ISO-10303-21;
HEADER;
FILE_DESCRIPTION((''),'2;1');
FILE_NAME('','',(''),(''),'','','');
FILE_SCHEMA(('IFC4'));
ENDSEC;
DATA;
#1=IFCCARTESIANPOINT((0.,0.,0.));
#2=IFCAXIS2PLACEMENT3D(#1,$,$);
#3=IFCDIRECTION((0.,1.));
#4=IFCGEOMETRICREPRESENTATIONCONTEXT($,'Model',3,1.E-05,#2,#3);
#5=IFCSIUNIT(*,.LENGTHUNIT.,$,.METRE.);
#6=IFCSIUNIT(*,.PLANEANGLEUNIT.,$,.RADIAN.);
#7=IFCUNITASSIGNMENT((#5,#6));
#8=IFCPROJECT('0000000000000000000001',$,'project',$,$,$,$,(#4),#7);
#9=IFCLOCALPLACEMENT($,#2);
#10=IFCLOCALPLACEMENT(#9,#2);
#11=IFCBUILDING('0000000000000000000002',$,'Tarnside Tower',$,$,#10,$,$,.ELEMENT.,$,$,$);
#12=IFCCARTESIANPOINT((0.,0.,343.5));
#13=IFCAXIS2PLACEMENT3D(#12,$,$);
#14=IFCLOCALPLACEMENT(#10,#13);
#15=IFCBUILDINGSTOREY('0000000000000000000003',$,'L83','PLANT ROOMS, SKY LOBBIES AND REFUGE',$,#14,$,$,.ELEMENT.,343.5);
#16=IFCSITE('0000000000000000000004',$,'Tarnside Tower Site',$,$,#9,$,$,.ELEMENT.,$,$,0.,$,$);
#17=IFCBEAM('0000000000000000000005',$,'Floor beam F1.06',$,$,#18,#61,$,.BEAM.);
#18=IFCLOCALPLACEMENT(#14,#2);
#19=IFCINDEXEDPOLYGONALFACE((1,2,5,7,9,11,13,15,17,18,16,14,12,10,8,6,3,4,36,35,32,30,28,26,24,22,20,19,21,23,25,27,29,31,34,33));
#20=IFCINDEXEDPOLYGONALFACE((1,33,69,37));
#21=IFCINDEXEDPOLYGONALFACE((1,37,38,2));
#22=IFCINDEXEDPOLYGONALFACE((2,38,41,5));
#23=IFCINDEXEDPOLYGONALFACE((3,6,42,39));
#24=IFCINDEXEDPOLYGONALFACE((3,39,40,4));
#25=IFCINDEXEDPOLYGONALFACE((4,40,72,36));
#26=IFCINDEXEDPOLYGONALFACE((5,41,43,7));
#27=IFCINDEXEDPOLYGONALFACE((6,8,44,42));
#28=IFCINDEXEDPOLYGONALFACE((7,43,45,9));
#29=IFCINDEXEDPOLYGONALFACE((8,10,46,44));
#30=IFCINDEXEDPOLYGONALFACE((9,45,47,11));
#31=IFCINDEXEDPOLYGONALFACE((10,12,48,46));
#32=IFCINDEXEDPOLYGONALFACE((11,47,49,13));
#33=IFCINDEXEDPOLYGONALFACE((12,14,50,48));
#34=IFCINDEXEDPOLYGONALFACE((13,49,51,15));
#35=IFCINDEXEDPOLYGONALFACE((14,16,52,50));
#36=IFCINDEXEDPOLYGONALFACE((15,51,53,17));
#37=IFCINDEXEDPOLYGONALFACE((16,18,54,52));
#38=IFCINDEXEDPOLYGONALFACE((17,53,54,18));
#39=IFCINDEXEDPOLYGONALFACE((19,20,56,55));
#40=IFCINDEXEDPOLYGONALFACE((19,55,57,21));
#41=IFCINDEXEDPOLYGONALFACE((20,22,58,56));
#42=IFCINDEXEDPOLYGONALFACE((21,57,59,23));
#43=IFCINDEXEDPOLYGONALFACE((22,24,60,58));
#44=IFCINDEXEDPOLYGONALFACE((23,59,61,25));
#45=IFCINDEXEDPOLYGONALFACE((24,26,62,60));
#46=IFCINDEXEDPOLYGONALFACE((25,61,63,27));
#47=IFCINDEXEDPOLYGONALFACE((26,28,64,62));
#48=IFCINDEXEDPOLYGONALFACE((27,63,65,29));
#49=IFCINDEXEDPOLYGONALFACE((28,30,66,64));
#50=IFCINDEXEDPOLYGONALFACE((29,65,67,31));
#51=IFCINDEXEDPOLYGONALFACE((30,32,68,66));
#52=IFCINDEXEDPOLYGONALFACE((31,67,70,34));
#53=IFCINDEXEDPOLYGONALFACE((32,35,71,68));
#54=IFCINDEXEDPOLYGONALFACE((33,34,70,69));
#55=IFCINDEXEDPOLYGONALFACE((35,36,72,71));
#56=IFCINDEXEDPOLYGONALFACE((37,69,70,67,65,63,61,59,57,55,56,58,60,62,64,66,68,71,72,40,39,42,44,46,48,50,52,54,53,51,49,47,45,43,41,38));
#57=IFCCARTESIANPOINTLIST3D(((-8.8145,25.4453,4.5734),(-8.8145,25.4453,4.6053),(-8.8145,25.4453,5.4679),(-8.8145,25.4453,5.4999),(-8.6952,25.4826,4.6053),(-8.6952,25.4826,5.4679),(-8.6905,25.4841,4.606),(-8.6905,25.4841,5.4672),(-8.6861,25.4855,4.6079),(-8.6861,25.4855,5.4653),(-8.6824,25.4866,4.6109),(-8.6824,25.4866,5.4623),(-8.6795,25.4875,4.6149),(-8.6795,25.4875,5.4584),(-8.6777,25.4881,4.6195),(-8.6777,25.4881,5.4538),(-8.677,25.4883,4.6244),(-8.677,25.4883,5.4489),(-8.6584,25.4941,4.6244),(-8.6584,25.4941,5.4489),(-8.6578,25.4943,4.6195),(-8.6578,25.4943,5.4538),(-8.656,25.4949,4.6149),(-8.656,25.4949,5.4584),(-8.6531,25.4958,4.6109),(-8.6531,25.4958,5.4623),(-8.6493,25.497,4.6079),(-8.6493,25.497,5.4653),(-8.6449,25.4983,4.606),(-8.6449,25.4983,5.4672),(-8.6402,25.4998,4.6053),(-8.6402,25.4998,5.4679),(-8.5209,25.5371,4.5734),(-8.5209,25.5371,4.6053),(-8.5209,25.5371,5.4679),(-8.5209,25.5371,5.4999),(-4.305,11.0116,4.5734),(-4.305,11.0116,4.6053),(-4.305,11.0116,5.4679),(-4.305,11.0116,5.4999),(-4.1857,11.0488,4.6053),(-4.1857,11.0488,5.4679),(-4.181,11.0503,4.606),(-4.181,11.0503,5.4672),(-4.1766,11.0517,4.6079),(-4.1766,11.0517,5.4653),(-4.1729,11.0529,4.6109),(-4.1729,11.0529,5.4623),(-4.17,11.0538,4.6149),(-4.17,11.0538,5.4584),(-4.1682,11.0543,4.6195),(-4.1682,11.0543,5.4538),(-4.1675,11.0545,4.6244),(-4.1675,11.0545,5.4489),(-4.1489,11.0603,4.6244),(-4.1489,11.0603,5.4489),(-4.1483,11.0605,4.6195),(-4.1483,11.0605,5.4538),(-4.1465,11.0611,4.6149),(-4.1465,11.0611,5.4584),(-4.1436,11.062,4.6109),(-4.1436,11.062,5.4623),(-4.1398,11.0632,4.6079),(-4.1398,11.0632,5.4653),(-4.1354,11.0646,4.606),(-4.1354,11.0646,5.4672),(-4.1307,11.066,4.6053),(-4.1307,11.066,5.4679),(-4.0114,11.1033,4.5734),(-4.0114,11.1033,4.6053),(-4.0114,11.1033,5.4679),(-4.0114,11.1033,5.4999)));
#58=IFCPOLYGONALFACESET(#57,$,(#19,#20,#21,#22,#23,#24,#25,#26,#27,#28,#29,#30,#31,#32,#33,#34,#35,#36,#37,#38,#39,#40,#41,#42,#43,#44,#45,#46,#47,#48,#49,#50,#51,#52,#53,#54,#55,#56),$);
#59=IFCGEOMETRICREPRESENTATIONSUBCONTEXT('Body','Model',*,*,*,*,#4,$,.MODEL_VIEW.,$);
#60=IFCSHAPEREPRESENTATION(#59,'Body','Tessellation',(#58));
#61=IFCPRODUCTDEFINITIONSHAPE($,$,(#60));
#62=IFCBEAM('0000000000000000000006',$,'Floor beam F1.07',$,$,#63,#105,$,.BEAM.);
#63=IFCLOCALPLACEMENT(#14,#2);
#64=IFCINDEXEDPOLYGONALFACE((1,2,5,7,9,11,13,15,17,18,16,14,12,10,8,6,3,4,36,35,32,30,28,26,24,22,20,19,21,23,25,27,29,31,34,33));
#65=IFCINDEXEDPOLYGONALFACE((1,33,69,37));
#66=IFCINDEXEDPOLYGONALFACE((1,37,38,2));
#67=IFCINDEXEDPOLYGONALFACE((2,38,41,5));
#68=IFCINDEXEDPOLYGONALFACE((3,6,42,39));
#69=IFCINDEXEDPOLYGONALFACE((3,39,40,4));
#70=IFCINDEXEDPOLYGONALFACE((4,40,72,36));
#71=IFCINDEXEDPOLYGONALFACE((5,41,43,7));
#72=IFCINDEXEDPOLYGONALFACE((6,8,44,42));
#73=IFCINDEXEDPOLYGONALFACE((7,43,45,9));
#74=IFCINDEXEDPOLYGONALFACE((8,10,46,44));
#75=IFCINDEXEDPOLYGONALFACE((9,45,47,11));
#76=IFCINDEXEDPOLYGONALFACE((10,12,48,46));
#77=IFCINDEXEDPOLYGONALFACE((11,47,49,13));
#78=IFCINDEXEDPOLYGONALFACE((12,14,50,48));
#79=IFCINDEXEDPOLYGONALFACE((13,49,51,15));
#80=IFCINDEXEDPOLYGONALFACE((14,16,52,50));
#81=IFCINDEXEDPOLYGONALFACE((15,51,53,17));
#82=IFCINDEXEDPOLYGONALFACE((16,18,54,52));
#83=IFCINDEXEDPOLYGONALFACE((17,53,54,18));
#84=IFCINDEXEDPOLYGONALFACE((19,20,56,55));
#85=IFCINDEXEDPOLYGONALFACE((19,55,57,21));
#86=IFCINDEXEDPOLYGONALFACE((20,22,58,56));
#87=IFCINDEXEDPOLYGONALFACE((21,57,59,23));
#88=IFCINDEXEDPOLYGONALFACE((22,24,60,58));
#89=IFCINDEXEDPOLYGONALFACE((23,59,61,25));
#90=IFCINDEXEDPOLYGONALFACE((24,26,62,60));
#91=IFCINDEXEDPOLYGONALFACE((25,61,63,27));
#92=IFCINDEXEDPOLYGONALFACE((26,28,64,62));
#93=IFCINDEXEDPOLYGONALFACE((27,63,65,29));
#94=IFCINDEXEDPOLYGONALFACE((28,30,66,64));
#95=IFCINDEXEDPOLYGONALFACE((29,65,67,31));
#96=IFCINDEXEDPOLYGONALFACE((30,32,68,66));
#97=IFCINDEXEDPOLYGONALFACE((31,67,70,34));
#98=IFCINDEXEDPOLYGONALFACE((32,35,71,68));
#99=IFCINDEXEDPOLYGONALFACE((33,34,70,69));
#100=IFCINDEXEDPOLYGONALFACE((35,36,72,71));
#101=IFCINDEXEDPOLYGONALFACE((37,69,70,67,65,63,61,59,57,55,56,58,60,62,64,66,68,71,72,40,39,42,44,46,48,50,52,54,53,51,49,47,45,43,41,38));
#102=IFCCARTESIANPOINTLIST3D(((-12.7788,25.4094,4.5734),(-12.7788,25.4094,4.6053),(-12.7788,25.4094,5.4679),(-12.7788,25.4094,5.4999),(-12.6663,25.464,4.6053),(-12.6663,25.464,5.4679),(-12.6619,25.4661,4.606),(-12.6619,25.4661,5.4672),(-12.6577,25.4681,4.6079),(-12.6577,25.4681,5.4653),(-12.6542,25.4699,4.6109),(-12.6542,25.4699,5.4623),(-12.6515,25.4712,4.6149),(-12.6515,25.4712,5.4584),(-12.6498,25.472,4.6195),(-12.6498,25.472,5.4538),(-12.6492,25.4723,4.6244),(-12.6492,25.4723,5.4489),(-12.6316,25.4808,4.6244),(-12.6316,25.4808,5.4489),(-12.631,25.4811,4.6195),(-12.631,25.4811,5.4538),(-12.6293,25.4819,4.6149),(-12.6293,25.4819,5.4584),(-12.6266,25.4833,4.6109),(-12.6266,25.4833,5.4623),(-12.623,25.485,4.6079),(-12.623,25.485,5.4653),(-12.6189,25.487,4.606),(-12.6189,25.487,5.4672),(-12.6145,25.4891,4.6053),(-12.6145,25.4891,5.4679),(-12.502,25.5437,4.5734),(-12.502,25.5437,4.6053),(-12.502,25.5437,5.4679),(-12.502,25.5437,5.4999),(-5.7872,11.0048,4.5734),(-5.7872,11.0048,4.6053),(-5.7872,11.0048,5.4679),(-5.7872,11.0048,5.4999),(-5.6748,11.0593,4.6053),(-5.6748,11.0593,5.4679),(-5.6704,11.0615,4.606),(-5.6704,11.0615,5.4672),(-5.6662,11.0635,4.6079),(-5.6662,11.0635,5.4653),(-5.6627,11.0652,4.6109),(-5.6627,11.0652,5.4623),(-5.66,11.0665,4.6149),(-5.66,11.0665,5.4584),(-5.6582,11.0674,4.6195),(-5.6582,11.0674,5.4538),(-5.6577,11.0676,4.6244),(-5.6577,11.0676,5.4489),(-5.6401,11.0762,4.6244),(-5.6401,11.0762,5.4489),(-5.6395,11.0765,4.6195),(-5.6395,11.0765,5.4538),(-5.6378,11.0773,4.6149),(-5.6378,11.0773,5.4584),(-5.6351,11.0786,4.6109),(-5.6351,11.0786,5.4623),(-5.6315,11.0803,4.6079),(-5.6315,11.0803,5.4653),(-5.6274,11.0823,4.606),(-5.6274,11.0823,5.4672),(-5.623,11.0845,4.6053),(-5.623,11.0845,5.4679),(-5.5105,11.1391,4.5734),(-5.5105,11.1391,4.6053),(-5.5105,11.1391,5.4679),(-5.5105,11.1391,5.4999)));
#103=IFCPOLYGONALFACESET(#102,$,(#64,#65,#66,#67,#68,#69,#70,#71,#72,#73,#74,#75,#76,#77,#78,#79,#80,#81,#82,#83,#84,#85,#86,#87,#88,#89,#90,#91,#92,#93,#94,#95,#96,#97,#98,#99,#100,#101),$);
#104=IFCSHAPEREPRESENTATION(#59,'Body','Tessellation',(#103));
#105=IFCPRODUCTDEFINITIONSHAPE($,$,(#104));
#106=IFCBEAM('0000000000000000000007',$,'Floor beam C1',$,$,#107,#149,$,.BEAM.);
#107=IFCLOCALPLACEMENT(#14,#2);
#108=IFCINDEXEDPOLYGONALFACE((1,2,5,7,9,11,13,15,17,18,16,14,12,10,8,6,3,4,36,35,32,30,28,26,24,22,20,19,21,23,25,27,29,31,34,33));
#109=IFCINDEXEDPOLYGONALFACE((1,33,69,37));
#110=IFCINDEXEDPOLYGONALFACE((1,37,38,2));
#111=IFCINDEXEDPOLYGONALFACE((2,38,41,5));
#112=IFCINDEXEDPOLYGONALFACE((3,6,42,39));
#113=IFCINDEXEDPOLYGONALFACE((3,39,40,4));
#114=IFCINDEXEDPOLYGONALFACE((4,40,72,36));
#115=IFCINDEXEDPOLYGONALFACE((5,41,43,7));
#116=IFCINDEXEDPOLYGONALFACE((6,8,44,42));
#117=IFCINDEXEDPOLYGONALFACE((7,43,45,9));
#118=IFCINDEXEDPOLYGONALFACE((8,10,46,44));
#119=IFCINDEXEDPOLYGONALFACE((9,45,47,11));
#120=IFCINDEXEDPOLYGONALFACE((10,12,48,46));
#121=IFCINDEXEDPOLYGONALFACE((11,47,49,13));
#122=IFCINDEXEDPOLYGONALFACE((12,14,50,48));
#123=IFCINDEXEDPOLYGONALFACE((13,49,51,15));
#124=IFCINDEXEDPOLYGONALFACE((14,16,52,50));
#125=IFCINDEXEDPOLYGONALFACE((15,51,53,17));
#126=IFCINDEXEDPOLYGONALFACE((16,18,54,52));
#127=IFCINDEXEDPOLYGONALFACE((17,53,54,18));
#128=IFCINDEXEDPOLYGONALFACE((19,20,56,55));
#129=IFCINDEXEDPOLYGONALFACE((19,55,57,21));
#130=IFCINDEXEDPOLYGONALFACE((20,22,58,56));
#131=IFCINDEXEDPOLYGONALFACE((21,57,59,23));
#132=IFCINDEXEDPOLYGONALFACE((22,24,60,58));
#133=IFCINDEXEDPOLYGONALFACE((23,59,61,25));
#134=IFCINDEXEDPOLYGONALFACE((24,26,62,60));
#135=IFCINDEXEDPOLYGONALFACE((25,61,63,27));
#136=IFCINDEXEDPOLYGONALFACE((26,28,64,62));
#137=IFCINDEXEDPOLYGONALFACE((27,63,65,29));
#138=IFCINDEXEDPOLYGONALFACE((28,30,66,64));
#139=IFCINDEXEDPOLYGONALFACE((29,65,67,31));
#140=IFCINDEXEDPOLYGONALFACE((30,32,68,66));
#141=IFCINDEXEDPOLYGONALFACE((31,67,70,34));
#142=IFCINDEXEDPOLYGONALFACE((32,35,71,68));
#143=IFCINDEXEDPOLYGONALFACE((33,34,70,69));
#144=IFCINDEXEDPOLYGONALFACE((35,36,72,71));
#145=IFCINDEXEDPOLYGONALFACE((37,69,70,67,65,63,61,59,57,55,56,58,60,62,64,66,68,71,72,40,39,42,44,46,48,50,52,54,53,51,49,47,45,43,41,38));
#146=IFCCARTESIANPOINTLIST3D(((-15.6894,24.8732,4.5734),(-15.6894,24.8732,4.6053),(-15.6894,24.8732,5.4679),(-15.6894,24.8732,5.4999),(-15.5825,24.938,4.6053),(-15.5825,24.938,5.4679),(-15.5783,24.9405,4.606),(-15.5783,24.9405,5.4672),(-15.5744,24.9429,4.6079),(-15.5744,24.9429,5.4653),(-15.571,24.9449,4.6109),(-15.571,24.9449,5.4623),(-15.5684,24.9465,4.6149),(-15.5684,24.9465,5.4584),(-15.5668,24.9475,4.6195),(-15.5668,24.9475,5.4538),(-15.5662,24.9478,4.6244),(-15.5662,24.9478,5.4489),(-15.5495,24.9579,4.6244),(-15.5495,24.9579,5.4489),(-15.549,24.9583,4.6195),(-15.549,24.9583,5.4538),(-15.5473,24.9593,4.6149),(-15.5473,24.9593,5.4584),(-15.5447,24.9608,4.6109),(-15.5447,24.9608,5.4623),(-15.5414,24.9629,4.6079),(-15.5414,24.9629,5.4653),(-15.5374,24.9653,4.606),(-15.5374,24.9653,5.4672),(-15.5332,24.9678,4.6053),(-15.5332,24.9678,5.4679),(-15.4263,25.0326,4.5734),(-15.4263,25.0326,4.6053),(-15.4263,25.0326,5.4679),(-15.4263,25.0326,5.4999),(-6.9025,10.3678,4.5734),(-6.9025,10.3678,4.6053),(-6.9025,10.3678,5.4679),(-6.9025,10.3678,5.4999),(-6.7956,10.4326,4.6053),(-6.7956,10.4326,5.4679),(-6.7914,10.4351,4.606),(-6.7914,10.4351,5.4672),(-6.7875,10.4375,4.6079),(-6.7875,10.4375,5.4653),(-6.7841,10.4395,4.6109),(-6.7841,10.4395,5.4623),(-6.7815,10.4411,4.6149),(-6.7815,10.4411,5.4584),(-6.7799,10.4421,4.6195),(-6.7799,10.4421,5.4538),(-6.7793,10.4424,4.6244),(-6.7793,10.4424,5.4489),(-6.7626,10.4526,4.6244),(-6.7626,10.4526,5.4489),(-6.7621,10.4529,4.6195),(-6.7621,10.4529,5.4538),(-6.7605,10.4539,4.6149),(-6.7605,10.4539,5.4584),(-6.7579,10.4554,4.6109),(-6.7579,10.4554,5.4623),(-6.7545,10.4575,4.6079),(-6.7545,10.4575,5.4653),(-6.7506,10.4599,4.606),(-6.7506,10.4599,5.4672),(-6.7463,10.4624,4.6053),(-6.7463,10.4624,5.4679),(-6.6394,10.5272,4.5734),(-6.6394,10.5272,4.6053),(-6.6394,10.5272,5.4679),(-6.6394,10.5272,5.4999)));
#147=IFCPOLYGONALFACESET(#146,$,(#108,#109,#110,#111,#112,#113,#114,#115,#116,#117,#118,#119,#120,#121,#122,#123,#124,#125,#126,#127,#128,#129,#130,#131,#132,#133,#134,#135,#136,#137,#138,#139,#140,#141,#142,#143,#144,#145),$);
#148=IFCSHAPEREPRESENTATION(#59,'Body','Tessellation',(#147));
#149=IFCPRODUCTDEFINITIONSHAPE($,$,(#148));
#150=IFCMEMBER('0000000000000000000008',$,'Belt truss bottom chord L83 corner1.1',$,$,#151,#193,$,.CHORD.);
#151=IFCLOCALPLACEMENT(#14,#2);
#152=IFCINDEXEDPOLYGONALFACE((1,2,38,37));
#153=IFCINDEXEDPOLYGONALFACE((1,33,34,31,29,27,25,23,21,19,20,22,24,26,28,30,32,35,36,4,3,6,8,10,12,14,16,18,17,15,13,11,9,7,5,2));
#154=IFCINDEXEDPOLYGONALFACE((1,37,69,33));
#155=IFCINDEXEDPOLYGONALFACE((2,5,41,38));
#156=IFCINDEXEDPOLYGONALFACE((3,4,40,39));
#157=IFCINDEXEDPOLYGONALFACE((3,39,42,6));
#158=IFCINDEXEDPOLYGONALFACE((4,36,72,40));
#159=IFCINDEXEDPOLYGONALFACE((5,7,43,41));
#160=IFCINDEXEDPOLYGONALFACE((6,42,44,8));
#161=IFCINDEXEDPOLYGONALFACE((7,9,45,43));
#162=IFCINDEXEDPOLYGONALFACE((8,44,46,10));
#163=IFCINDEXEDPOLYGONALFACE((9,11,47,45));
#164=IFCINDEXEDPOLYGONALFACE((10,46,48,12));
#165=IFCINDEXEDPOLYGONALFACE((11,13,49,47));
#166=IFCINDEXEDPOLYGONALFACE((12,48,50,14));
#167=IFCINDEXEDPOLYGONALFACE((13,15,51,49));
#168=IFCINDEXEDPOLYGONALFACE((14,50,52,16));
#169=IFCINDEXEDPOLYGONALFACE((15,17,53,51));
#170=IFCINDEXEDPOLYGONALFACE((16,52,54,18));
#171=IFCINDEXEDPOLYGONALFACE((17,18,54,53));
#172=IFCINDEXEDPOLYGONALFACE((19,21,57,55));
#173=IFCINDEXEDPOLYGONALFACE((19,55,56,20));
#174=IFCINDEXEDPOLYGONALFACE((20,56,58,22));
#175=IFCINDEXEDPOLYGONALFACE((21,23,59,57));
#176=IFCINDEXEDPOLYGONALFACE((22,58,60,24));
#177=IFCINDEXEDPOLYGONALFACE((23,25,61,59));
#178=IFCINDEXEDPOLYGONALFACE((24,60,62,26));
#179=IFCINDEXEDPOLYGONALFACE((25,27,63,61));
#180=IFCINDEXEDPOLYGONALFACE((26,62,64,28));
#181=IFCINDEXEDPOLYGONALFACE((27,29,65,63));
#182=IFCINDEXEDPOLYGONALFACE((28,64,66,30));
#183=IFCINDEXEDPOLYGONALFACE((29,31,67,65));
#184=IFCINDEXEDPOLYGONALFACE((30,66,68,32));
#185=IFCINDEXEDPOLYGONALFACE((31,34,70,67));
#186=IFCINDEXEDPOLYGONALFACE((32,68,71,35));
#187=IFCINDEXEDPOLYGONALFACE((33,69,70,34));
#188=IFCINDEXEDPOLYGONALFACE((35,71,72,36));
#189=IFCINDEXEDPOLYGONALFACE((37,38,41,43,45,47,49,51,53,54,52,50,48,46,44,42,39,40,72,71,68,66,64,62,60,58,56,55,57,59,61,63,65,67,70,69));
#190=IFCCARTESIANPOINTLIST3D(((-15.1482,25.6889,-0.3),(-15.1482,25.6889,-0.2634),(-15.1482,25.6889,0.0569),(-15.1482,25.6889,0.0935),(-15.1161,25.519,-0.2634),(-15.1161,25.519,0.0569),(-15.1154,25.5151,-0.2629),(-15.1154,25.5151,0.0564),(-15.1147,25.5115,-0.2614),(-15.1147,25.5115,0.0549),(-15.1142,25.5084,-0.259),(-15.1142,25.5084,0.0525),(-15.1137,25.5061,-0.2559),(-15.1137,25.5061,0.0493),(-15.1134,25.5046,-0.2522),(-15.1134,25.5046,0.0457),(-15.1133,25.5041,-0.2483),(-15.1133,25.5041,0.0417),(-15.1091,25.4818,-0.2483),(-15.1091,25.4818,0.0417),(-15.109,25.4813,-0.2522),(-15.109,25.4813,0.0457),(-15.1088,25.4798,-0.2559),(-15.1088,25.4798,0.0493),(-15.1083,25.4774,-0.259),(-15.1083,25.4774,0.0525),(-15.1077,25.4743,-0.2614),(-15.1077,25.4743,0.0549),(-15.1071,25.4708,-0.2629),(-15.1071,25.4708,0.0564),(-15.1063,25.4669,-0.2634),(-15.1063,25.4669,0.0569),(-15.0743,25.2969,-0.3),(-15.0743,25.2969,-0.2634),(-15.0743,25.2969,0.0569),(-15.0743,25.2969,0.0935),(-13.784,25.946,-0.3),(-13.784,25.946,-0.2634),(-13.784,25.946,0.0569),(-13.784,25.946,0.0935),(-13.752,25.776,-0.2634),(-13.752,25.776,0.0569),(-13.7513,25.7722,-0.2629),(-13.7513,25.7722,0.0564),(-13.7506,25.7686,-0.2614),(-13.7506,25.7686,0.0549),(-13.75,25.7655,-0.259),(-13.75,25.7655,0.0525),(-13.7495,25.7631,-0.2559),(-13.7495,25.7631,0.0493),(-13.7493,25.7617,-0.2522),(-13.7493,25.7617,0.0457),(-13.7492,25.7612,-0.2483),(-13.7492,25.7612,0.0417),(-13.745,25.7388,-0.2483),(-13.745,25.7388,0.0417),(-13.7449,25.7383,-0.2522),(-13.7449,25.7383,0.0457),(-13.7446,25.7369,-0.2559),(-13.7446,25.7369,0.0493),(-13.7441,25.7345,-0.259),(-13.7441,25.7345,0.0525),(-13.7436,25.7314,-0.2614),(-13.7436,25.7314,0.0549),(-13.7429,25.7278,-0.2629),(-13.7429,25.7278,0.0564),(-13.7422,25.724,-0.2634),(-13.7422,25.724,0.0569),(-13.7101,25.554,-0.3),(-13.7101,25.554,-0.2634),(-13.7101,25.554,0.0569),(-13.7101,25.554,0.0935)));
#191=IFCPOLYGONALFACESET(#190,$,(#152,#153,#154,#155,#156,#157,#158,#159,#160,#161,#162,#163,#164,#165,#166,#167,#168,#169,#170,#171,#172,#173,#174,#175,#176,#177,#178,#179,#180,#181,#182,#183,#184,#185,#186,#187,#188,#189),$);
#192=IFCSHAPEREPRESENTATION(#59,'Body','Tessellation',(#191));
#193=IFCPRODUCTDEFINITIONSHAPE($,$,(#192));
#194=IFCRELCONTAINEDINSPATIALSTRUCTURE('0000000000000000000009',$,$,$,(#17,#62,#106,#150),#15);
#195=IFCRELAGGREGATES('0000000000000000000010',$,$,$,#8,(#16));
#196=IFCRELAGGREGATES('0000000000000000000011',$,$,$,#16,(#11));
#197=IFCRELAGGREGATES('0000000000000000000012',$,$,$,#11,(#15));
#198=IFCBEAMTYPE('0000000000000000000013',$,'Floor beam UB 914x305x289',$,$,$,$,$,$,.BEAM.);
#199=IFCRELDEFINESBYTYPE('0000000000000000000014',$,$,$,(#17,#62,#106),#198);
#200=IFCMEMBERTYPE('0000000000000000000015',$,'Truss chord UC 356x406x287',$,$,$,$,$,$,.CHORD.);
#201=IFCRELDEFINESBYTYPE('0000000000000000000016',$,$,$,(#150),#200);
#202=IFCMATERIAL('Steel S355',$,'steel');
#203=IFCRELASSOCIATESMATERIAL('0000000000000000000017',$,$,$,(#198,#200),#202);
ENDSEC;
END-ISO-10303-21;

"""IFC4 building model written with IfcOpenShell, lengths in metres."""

from ifc_helpers import new_model, si_unit, direction, frame, origin, origin_2d, place, context, subcontext, project, spatial, i_section, extrude, material, material_profile, profile_set, type_object, element, save


model = new_model("IFC4")

# Units and contexts
model_context = context("Model", 3, precision=1e-05, world=origin(), true_north=direction((0.0, 1.0)))
body_context = subcontext(model_context, "Body", "Model", "MODEL_VIEW")
ifc_project = project(units=[si_unit("LENGTHUNIT", "METRE"), si_unit("PLANEANGLEUNIT", "RADIAN")], contexts=[model_context])

# Site, building, storey
site_placement = place(None, origin())
site = spatial("IfcSite", under=ifc_project, at=site_placement, Name="Tarnside Tower Site", CompositionType="ELEMENT", RefElevation=0.0)
building_placement = place(site_placement, origin())
building = spatial("IfcBuilding", under=site, at=building_placement, Name="Tarnside Tower", CompositionType="ELEMENT")
storey_placement = place(building_placement, frame((0.0, 0.0, 343.5)))
storey = spatial("IfcBuildingStorey", under=building, at=storey_placement, Name="L83", Description="PLANT ROOMS, SKY LOBBIES AND REFUGE", CompositionType="ELEMENT", Elevation=343.5)

# Beams
ifc_material_1 = material(Name="Steel S355", Category="steel")
ifc_material_profile_1 = material_profile(ifc_material_1, i_section(OverallWidth=0.3076, OverallDepth=0.9265, WebThickness=0.0195, FlangeThickness=0.032, FilletRadius=0.019, at=origin_2d()), Name="UB 914x305x289")
ifc_profile_set_1 = profile_set([ifc_material_profile_1], Name="Steel S355")
beam_type = type_object("IfcBeamType", Name="Floor beam UB 914x305x289", PredefinedType="BEAM", material=ifc_profile_set_1)
beam_1_placement = place(storey_placement, frame((-8.6677, 25.4912, 5.0366), z_axis=(0.298212, -0.9545, 0.0), x_axis=(0.9545, 0.298212, 0.0)))
element("IfcBeam", 1, at=beam_1_placement, inside=storey, type_object=beam_type, Name="Floor beam F1.06", PredefinedType="BEAM", context=body_context, shape_type="SweptSolid", body=[
    extrude(i_section(OverallWidth=0.3076, OverallDepth=0.9265, WebThickness=0.0195, FlangeThickness=0.032, FilletRadius=0.019, at=origin_2d()), origin(), (0.0, 0.0, 1.0), 15.1218),
])
beam_2_placement = place(storey_placement, frame((-12.6404, 25.4766, 5.0366), z_axis=(0.436649, -0.899632, 0.0), x_axis=(0.899632, 0.436649, 0.0)))
element("IfcBeam", 2, at=beam_2_placement, inside=storey, type_object=beam_type, Name="Floor beam F1.07", PredefinedType="BEAM", context=body_context, shape_type="SweptSolid", body=[
    extrude(i_section(OverallWidth=0.3076, OverallDepth=0.9265, WebThickness=0.0195, FlangeThickness=0.032, FilletRadius=0.019, at=origin_2d()), origin(), (0.0, 0.0, 1.0), 16.0117),
])
beam_3_placement = place(storey_placement, frame((-15.5579, 24.9529, 5.0366), z_axis=(0.518118, -0.855309, 0.0), x_axis=(0.855309, 0.518118, 0.0)))
element("IfcBeam", 3, at=beam_3_placement, inside=storey, type_object=beam_type, Name="Floor beam C1", PredefinedType="BEAM", context=body_context, shape_type="SweptSolid", body=[
    extrude(i_section(OverallWidth=0.3076, OverallDepth=0.9265, WebThickness=0.0195, FlangeThickness=0.032, FilletRadius=0.019, at=origin_2d()), origin(), (0.0, 0.0, 1.0), 16.9592),
])

# Member
ifc_material_profile_2 = material_profile(ifc_material_1, i_section(OverallWidth=0.3989, OverallDepth=0.3936, WebThickness=0.0227, FlangeThickness=0.0366, FilletRadius=0.0151, at=origin_2d()), Name="UC 356x406x287")
ifc_profile_set_2 = profile_set([ifc_material_profile_2], Name="Steel S355")
member_type_1 = type_object("IfcMemberType", Name="Truss chord UC 356x406x287", PredefinedType="CHORD", material=ifc_profile_set_2)
for number, where, z_axis, x_axis, name in (
    (4, (-13.7471, 25.75, -0.1033), (-0.982705, -0.18518, 0.0), (0.18518, -0.982705, 0.0), "Belt truss bottom chord L83 corner1.1"),
):
    element("IfcMember", number, at=place(storey_placement, frame(where, z_axis=z_axis, x_axis=x_axis)), inside=storey, type_object=member_type_1, Name=name, PredefinedType="CHORD", context=body_context, shape_type="SweptSolid", body=[
        extrude(i_section(OverallWidth=0.3989, OverallDepth=0.3936, WebThickness=0.0227, FlangeThickness=0.0366, FilletRadius=0.0151, at=origin_2d()), origin(), (0.0, 0.0, 1.0), 1.3882),
    ])

save(model, "model.ifc")
